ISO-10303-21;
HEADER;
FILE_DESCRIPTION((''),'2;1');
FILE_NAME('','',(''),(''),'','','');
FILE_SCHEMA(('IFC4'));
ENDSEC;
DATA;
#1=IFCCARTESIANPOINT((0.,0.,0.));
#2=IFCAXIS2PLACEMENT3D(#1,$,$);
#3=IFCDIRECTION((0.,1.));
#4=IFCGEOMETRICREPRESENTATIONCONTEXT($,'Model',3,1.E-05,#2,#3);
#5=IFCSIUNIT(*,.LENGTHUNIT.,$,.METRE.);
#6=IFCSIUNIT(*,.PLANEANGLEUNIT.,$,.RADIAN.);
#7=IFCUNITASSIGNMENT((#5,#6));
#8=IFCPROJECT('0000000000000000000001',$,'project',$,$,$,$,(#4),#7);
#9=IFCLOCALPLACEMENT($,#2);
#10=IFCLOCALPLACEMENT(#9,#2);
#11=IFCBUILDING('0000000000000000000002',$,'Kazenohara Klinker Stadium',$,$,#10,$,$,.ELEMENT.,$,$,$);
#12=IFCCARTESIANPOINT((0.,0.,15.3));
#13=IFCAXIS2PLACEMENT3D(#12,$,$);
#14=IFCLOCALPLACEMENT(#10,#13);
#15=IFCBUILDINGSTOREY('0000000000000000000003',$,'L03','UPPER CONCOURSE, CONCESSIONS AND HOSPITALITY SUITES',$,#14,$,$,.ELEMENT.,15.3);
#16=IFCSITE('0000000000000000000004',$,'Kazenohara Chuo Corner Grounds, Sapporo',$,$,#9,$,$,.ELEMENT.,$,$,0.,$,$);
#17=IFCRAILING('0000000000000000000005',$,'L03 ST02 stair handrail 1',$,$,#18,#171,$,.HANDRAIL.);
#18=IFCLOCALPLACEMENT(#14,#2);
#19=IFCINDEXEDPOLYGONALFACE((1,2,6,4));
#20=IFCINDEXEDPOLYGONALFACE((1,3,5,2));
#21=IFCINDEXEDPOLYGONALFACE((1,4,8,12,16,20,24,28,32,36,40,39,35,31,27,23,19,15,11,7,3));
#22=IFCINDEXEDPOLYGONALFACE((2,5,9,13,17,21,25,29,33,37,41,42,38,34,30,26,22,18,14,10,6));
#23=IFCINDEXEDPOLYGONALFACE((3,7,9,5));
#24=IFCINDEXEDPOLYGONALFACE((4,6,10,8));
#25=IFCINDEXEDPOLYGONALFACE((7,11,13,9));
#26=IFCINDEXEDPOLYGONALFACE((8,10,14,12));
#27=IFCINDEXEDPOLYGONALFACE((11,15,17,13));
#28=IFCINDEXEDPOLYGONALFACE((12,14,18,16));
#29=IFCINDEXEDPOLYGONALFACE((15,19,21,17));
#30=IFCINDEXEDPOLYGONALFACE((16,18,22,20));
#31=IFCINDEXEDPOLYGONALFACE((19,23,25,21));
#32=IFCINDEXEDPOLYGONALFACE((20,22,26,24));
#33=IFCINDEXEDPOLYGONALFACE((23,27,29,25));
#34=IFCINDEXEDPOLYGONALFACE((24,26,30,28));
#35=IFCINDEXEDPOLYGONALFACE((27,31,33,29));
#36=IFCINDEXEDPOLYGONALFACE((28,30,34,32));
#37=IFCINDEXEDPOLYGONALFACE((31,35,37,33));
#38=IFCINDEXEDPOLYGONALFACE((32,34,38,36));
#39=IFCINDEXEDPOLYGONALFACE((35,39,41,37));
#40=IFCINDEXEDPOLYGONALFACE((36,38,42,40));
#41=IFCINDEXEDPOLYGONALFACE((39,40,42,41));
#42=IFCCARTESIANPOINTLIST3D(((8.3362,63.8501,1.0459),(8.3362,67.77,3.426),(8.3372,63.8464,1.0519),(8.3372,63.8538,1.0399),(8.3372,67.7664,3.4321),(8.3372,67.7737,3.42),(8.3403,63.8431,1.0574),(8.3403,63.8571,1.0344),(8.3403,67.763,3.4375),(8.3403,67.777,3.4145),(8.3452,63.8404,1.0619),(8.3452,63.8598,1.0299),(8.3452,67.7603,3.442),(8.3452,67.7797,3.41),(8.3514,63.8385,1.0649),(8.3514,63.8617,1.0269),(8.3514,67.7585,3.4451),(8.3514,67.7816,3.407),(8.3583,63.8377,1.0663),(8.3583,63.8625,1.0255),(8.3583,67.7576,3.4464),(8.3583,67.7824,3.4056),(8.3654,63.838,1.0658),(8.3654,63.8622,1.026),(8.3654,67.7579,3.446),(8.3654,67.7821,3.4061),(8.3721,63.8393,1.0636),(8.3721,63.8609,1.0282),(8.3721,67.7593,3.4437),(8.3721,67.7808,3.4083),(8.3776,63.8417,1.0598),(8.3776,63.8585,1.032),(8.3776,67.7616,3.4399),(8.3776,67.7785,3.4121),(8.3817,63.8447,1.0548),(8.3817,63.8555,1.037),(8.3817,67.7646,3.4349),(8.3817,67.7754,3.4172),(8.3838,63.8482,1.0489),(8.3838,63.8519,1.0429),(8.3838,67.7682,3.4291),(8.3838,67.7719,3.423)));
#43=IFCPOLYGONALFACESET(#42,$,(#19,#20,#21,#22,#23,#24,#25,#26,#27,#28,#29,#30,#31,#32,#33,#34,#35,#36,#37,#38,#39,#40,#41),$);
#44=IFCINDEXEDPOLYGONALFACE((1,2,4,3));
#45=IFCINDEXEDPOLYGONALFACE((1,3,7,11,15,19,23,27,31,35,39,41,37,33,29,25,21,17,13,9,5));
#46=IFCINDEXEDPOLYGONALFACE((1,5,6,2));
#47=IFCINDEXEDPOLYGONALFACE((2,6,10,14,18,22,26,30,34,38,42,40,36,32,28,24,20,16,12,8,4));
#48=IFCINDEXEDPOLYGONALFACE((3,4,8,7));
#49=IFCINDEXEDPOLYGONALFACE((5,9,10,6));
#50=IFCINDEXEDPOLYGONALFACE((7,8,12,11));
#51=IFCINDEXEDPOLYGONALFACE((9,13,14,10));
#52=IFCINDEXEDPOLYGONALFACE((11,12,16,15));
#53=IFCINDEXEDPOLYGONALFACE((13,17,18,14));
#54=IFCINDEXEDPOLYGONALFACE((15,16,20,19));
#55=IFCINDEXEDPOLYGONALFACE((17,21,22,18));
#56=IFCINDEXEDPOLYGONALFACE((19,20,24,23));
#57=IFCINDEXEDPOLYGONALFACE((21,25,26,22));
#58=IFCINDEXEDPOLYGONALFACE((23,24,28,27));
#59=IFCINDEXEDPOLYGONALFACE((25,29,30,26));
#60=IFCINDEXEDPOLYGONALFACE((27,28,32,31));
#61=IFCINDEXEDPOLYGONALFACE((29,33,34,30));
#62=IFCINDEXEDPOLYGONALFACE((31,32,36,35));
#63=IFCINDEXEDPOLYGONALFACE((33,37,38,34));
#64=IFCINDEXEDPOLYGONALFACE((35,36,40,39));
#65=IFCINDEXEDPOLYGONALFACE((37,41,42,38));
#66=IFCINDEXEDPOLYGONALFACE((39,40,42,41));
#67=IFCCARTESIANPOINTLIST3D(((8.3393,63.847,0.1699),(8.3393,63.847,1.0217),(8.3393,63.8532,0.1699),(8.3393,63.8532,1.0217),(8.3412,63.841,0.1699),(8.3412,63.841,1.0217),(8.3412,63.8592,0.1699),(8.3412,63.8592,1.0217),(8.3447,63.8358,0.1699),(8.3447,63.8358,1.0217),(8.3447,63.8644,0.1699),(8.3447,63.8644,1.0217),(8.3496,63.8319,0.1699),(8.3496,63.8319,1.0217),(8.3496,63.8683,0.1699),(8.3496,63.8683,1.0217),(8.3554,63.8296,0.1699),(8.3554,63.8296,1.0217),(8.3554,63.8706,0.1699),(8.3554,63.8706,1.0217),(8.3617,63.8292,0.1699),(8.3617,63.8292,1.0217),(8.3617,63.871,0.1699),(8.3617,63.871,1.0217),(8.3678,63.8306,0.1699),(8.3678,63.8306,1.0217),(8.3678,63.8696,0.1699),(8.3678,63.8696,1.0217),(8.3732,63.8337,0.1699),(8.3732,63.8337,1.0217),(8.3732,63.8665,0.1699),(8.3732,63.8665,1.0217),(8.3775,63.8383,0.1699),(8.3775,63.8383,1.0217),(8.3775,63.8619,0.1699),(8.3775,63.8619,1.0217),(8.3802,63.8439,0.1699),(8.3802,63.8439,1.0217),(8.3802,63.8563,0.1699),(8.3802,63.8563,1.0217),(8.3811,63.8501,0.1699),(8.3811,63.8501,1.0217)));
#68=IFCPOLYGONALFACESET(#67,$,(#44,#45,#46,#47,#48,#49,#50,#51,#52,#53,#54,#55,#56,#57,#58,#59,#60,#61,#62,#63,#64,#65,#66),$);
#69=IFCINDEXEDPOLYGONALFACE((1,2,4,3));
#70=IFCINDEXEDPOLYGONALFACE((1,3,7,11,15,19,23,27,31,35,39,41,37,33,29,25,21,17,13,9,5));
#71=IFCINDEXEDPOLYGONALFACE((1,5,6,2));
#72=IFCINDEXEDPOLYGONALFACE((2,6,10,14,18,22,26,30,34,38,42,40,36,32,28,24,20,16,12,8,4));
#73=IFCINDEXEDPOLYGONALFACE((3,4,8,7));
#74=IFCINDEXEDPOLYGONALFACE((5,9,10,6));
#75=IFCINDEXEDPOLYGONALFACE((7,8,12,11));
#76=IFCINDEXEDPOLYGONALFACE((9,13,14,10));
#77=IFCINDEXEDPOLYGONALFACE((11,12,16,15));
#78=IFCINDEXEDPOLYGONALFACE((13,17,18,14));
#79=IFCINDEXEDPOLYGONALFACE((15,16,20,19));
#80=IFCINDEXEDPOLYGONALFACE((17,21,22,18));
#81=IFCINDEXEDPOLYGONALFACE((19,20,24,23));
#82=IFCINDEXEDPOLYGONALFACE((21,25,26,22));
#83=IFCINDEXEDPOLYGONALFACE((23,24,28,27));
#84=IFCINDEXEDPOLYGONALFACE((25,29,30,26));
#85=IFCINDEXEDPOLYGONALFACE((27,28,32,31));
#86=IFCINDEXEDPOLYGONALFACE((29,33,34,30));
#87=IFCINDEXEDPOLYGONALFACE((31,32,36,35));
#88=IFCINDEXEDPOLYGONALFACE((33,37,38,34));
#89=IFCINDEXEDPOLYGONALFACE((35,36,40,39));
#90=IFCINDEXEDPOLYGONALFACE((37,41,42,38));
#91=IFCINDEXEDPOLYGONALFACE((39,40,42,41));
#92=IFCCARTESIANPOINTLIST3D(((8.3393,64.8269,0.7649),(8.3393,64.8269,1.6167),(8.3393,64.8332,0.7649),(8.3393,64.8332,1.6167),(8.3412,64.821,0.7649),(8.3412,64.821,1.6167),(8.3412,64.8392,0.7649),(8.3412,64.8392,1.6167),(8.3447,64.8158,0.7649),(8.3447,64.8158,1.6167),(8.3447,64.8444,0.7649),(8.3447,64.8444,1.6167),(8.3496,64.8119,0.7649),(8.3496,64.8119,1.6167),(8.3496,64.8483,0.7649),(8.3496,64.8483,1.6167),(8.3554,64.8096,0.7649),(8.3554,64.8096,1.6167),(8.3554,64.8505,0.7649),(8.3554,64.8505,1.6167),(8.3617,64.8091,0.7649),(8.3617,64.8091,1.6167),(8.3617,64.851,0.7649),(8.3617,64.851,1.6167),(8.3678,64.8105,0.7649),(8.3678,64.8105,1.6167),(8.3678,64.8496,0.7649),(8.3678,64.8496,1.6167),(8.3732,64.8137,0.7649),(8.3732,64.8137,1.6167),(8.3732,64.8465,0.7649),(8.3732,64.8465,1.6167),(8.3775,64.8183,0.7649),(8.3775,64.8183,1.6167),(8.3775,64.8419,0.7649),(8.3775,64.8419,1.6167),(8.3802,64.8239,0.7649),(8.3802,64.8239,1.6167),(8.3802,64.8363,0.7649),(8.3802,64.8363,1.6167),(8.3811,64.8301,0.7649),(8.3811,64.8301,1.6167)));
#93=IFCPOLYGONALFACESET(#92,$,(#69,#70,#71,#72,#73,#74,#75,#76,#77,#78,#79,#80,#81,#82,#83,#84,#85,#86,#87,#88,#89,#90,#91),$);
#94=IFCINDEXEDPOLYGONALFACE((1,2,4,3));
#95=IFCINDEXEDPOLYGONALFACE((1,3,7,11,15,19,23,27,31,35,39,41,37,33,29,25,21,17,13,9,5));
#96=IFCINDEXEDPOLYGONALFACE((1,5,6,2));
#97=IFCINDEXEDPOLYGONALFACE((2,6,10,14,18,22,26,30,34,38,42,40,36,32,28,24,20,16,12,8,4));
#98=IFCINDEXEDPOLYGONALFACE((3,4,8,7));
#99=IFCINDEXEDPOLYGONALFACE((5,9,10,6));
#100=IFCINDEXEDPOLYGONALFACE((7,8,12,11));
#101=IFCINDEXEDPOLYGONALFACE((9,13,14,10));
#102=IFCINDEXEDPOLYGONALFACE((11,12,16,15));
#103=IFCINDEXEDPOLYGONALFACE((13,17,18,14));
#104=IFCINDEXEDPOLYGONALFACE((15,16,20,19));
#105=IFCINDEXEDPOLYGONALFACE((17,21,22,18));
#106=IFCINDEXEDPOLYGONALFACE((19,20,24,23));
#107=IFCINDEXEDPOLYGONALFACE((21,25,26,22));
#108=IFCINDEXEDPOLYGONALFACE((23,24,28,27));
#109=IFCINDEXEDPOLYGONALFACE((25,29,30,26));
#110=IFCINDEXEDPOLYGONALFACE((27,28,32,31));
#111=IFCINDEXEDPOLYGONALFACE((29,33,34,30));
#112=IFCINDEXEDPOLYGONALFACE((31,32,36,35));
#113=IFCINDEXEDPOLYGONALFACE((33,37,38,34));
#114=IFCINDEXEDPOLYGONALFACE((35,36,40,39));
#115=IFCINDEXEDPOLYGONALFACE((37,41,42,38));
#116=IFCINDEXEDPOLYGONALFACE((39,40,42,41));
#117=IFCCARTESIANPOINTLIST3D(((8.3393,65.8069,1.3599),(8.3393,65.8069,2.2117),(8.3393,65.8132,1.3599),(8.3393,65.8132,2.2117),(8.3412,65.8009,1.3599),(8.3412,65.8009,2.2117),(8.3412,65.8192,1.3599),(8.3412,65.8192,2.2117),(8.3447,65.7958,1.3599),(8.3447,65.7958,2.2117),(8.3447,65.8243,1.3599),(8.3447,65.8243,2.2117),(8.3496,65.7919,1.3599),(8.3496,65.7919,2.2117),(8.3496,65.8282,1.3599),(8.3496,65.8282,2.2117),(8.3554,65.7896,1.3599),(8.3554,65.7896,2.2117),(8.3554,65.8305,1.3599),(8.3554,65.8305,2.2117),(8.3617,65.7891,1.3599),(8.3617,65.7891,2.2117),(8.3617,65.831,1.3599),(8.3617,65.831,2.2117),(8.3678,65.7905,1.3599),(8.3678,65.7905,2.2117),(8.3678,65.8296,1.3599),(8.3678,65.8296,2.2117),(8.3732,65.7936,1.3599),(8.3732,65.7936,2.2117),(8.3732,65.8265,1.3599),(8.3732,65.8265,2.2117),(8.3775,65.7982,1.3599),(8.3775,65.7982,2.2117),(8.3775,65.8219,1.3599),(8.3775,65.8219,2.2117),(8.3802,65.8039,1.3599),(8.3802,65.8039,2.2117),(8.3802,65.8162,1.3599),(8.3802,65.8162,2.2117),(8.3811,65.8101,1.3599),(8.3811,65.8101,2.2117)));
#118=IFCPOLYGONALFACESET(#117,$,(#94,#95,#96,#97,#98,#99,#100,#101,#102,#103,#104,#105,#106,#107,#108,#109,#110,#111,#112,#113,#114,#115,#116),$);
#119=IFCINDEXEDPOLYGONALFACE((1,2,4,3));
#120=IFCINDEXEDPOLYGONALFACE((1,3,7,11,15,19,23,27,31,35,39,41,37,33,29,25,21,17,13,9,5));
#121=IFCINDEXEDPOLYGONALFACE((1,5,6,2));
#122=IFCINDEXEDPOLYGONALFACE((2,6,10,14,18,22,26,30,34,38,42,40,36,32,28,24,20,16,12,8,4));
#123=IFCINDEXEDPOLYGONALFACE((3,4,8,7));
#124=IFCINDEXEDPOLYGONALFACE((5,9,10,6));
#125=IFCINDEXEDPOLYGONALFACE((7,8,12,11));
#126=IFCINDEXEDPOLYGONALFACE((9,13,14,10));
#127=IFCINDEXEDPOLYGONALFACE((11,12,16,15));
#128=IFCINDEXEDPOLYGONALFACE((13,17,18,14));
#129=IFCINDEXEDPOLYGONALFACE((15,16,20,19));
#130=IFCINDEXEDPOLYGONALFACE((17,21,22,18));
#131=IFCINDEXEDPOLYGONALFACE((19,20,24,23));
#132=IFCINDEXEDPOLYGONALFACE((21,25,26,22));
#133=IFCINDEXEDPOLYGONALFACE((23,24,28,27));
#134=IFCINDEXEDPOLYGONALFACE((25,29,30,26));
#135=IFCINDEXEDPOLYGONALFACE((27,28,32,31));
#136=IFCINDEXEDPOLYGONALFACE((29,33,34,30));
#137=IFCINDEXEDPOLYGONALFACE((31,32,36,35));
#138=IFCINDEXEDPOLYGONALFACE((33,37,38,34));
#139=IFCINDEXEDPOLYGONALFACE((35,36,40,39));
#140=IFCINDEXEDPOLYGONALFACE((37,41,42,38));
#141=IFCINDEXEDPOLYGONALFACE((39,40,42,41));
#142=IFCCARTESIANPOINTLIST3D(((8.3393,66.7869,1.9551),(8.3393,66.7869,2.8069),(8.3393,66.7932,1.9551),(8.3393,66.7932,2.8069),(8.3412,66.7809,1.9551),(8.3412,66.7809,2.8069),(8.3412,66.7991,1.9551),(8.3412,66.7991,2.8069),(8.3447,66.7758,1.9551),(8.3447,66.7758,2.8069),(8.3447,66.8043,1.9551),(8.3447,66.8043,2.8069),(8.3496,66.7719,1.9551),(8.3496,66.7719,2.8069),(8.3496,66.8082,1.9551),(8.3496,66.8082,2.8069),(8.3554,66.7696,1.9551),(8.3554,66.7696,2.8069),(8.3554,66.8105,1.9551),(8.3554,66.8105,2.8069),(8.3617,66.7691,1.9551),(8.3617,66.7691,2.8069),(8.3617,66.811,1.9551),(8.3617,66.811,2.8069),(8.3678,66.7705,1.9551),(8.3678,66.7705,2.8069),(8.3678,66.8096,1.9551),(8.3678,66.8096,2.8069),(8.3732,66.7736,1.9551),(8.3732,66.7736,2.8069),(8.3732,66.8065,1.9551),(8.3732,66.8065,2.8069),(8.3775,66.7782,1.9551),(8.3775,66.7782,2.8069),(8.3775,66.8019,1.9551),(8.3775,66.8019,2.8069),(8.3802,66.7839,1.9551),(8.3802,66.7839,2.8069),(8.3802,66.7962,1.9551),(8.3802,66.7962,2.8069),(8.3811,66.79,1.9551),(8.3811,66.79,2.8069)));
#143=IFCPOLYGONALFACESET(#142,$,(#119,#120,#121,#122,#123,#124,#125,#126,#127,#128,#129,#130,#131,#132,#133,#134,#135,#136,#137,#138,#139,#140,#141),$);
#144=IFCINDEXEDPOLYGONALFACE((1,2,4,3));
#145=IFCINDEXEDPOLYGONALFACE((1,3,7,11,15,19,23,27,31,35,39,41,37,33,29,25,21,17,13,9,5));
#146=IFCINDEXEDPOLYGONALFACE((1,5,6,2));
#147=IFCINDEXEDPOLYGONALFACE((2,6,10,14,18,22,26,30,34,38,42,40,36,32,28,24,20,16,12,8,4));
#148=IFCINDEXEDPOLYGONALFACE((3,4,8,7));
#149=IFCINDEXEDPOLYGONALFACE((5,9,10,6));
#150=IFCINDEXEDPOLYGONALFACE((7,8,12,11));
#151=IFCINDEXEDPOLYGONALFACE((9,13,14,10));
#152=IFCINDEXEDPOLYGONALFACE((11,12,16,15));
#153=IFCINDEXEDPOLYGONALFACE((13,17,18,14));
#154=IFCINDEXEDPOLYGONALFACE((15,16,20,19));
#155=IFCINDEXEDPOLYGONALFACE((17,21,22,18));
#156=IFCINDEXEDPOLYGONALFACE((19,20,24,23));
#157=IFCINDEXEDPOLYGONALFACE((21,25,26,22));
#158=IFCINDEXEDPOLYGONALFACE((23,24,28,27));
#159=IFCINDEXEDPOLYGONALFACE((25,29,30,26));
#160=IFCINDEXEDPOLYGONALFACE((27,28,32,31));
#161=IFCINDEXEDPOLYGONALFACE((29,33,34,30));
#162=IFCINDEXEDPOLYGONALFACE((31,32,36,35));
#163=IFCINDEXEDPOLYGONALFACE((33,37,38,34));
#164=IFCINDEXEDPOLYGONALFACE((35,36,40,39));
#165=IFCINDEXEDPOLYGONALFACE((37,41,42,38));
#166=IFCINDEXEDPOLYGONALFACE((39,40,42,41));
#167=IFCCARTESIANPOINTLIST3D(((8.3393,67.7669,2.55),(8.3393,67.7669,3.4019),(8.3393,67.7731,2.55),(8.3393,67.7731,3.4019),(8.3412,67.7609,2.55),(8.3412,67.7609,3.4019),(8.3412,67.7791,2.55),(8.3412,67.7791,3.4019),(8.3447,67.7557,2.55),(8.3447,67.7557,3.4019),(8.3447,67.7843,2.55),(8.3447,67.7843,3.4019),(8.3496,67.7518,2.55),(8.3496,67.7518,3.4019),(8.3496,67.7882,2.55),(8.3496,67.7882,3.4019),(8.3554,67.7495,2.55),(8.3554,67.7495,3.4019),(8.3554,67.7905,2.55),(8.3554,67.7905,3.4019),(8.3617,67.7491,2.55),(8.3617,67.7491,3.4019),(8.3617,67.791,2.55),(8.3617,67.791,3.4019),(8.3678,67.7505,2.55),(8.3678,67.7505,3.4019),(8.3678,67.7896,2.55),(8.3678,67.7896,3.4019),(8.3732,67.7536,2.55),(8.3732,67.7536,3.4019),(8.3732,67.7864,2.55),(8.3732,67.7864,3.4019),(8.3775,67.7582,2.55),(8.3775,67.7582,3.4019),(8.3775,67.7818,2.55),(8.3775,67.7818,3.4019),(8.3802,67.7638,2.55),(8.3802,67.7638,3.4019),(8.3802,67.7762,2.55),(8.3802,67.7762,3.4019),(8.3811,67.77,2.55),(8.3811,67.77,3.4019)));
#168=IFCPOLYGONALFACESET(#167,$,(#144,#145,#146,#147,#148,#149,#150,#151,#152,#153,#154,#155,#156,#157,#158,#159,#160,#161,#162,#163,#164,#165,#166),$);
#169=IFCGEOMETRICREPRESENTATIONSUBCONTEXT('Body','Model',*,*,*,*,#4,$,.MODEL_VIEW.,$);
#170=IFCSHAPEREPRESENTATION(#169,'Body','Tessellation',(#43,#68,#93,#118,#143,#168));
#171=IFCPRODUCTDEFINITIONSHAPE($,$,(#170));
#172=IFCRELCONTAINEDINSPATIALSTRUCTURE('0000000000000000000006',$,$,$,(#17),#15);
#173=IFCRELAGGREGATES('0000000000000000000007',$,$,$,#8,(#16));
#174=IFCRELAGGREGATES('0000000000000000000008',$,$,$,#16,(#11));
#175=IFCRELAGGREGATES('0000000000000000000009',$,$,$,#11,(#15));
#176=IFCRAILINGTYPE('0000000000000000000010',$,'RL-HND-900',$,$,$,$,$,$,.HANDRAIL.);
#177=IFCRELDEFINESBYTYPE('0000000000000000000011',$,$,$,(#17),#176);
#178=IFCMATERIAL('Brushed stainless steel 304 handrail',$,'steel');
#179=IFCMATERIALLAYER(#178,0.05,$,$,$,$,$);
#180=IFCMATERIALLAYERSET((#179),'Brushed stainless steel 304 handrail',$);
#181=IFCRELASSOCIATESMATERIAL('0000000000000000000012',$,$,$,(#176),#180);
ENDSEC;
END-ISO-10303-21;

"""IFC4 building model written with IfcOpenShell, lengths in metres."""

from ifc_helpers import new_model, si_unit, direction, frame, origin, origin_2d, place, context, subcontext, project, spatial, circle, extrude, material, layer, layer_set, type_object, element, save


model = new_model("IFC4")

# Units and contexts
model_context = context("Model", 3, precision=1e-05, world=origin(), true_north=direction((0.0, 1.0)))
body_context = subcontext(model_context, "Body", "Model", "MODEL_VIEW")
ifc_project = project(units=[si_unit("LENGTHUNIT", "METRE"), si_unit("PLANEANGLEUNIT", "RADIAN")], contexts=[model_context])

# Site, building, storey
site_placement = place(None, origin())
site = spatial("IfcSite", under=ifc_project, at=site_placement, Name="Kazenohara Chuo Corner Grounds, Sapporo", CompositionType="ELEMENT", RefElevation=0.0)
building_placement = place(site_placement, origin())
building = spatial("IfcBuilding", under=site, at=building_placement, Name="Kazenohara Klinker Stadium", CompositionType="ELEMENT")
storey_placement = place(building_placement, frame((0.0, 0.0, 15.3)))
storey = spatial("IfcBuildingStorey", under=building, at=storey_placement, Name="L03", Description="UPPER CONCOURSE, CONCESSIONS AND HOSPITALITY SUITES", CompositionType="ELEMENT", Elevation=15.3)

# Railing
ifc_material_1 = material(Name="Brushed stainless steel 304 handrail", Category="steel")
ifc_layer_1 = layer(ifc_material_1, 0.05)
ifc_layer_set_1 = layer_set([ifc_layer_1], Name="Brushed stainless steel 304 handrail")
railing_type_1 = type_object("IfcRailingType", Name="RL-HND-900", PredefinedType="HANDRAIL", material=ifc_layer_set_1)
railing_1_placement = place(storey_placement, frame((8.3601, 63.8501, 0.1699)))
element("IfcRailing", 1, at=railing_1_placement, inside=storey, type_object=railing_type_1, Name="L03 ST02 stair handrail 1", PredefinedType="HANDRAIL", context=body_context, shape_type="SweptSolid", body=[
    extrude(circle(Radius=0.0239, at=origin_2d()), frame((0.0, 0.0, 0.876), z_axis=(0.0, 0.854771, 0.519006), x_axis=(-1.0, 0.0, 0.0)), (0.0, 0.0, 1.0), 4.5859),
    extrude(circle(Radius=0.021, at=origin_2d()), origin(), (0.0, 0.0, 1.0), 0.8518),
    extrude(circle(Radius=0.021, at=origin_2d()), frame((0.0, 0.98, 0.595)), (0.0, 0.0, 1.0), 0.8518),
    extrude(circle(Radius=0.021, at=origin_2d()), frame((0.0, 1.96, 1.1899)), (0.0, 0.0, 1.0), 0.8518),
    extrude(circle(Radius=0.021, at=origin_2d()), frame((0.0, 2.9399, 1.7852)), (0.0, 0.0, 1.0), 0.8518),
    extrude(circle(Radius=0.021, at=origin_2d()), frame((0.0, 3.9199, 2.3801)), (0.0, 0.0, 1.0), 0.8518),
])

save(model, "model.ifc")
